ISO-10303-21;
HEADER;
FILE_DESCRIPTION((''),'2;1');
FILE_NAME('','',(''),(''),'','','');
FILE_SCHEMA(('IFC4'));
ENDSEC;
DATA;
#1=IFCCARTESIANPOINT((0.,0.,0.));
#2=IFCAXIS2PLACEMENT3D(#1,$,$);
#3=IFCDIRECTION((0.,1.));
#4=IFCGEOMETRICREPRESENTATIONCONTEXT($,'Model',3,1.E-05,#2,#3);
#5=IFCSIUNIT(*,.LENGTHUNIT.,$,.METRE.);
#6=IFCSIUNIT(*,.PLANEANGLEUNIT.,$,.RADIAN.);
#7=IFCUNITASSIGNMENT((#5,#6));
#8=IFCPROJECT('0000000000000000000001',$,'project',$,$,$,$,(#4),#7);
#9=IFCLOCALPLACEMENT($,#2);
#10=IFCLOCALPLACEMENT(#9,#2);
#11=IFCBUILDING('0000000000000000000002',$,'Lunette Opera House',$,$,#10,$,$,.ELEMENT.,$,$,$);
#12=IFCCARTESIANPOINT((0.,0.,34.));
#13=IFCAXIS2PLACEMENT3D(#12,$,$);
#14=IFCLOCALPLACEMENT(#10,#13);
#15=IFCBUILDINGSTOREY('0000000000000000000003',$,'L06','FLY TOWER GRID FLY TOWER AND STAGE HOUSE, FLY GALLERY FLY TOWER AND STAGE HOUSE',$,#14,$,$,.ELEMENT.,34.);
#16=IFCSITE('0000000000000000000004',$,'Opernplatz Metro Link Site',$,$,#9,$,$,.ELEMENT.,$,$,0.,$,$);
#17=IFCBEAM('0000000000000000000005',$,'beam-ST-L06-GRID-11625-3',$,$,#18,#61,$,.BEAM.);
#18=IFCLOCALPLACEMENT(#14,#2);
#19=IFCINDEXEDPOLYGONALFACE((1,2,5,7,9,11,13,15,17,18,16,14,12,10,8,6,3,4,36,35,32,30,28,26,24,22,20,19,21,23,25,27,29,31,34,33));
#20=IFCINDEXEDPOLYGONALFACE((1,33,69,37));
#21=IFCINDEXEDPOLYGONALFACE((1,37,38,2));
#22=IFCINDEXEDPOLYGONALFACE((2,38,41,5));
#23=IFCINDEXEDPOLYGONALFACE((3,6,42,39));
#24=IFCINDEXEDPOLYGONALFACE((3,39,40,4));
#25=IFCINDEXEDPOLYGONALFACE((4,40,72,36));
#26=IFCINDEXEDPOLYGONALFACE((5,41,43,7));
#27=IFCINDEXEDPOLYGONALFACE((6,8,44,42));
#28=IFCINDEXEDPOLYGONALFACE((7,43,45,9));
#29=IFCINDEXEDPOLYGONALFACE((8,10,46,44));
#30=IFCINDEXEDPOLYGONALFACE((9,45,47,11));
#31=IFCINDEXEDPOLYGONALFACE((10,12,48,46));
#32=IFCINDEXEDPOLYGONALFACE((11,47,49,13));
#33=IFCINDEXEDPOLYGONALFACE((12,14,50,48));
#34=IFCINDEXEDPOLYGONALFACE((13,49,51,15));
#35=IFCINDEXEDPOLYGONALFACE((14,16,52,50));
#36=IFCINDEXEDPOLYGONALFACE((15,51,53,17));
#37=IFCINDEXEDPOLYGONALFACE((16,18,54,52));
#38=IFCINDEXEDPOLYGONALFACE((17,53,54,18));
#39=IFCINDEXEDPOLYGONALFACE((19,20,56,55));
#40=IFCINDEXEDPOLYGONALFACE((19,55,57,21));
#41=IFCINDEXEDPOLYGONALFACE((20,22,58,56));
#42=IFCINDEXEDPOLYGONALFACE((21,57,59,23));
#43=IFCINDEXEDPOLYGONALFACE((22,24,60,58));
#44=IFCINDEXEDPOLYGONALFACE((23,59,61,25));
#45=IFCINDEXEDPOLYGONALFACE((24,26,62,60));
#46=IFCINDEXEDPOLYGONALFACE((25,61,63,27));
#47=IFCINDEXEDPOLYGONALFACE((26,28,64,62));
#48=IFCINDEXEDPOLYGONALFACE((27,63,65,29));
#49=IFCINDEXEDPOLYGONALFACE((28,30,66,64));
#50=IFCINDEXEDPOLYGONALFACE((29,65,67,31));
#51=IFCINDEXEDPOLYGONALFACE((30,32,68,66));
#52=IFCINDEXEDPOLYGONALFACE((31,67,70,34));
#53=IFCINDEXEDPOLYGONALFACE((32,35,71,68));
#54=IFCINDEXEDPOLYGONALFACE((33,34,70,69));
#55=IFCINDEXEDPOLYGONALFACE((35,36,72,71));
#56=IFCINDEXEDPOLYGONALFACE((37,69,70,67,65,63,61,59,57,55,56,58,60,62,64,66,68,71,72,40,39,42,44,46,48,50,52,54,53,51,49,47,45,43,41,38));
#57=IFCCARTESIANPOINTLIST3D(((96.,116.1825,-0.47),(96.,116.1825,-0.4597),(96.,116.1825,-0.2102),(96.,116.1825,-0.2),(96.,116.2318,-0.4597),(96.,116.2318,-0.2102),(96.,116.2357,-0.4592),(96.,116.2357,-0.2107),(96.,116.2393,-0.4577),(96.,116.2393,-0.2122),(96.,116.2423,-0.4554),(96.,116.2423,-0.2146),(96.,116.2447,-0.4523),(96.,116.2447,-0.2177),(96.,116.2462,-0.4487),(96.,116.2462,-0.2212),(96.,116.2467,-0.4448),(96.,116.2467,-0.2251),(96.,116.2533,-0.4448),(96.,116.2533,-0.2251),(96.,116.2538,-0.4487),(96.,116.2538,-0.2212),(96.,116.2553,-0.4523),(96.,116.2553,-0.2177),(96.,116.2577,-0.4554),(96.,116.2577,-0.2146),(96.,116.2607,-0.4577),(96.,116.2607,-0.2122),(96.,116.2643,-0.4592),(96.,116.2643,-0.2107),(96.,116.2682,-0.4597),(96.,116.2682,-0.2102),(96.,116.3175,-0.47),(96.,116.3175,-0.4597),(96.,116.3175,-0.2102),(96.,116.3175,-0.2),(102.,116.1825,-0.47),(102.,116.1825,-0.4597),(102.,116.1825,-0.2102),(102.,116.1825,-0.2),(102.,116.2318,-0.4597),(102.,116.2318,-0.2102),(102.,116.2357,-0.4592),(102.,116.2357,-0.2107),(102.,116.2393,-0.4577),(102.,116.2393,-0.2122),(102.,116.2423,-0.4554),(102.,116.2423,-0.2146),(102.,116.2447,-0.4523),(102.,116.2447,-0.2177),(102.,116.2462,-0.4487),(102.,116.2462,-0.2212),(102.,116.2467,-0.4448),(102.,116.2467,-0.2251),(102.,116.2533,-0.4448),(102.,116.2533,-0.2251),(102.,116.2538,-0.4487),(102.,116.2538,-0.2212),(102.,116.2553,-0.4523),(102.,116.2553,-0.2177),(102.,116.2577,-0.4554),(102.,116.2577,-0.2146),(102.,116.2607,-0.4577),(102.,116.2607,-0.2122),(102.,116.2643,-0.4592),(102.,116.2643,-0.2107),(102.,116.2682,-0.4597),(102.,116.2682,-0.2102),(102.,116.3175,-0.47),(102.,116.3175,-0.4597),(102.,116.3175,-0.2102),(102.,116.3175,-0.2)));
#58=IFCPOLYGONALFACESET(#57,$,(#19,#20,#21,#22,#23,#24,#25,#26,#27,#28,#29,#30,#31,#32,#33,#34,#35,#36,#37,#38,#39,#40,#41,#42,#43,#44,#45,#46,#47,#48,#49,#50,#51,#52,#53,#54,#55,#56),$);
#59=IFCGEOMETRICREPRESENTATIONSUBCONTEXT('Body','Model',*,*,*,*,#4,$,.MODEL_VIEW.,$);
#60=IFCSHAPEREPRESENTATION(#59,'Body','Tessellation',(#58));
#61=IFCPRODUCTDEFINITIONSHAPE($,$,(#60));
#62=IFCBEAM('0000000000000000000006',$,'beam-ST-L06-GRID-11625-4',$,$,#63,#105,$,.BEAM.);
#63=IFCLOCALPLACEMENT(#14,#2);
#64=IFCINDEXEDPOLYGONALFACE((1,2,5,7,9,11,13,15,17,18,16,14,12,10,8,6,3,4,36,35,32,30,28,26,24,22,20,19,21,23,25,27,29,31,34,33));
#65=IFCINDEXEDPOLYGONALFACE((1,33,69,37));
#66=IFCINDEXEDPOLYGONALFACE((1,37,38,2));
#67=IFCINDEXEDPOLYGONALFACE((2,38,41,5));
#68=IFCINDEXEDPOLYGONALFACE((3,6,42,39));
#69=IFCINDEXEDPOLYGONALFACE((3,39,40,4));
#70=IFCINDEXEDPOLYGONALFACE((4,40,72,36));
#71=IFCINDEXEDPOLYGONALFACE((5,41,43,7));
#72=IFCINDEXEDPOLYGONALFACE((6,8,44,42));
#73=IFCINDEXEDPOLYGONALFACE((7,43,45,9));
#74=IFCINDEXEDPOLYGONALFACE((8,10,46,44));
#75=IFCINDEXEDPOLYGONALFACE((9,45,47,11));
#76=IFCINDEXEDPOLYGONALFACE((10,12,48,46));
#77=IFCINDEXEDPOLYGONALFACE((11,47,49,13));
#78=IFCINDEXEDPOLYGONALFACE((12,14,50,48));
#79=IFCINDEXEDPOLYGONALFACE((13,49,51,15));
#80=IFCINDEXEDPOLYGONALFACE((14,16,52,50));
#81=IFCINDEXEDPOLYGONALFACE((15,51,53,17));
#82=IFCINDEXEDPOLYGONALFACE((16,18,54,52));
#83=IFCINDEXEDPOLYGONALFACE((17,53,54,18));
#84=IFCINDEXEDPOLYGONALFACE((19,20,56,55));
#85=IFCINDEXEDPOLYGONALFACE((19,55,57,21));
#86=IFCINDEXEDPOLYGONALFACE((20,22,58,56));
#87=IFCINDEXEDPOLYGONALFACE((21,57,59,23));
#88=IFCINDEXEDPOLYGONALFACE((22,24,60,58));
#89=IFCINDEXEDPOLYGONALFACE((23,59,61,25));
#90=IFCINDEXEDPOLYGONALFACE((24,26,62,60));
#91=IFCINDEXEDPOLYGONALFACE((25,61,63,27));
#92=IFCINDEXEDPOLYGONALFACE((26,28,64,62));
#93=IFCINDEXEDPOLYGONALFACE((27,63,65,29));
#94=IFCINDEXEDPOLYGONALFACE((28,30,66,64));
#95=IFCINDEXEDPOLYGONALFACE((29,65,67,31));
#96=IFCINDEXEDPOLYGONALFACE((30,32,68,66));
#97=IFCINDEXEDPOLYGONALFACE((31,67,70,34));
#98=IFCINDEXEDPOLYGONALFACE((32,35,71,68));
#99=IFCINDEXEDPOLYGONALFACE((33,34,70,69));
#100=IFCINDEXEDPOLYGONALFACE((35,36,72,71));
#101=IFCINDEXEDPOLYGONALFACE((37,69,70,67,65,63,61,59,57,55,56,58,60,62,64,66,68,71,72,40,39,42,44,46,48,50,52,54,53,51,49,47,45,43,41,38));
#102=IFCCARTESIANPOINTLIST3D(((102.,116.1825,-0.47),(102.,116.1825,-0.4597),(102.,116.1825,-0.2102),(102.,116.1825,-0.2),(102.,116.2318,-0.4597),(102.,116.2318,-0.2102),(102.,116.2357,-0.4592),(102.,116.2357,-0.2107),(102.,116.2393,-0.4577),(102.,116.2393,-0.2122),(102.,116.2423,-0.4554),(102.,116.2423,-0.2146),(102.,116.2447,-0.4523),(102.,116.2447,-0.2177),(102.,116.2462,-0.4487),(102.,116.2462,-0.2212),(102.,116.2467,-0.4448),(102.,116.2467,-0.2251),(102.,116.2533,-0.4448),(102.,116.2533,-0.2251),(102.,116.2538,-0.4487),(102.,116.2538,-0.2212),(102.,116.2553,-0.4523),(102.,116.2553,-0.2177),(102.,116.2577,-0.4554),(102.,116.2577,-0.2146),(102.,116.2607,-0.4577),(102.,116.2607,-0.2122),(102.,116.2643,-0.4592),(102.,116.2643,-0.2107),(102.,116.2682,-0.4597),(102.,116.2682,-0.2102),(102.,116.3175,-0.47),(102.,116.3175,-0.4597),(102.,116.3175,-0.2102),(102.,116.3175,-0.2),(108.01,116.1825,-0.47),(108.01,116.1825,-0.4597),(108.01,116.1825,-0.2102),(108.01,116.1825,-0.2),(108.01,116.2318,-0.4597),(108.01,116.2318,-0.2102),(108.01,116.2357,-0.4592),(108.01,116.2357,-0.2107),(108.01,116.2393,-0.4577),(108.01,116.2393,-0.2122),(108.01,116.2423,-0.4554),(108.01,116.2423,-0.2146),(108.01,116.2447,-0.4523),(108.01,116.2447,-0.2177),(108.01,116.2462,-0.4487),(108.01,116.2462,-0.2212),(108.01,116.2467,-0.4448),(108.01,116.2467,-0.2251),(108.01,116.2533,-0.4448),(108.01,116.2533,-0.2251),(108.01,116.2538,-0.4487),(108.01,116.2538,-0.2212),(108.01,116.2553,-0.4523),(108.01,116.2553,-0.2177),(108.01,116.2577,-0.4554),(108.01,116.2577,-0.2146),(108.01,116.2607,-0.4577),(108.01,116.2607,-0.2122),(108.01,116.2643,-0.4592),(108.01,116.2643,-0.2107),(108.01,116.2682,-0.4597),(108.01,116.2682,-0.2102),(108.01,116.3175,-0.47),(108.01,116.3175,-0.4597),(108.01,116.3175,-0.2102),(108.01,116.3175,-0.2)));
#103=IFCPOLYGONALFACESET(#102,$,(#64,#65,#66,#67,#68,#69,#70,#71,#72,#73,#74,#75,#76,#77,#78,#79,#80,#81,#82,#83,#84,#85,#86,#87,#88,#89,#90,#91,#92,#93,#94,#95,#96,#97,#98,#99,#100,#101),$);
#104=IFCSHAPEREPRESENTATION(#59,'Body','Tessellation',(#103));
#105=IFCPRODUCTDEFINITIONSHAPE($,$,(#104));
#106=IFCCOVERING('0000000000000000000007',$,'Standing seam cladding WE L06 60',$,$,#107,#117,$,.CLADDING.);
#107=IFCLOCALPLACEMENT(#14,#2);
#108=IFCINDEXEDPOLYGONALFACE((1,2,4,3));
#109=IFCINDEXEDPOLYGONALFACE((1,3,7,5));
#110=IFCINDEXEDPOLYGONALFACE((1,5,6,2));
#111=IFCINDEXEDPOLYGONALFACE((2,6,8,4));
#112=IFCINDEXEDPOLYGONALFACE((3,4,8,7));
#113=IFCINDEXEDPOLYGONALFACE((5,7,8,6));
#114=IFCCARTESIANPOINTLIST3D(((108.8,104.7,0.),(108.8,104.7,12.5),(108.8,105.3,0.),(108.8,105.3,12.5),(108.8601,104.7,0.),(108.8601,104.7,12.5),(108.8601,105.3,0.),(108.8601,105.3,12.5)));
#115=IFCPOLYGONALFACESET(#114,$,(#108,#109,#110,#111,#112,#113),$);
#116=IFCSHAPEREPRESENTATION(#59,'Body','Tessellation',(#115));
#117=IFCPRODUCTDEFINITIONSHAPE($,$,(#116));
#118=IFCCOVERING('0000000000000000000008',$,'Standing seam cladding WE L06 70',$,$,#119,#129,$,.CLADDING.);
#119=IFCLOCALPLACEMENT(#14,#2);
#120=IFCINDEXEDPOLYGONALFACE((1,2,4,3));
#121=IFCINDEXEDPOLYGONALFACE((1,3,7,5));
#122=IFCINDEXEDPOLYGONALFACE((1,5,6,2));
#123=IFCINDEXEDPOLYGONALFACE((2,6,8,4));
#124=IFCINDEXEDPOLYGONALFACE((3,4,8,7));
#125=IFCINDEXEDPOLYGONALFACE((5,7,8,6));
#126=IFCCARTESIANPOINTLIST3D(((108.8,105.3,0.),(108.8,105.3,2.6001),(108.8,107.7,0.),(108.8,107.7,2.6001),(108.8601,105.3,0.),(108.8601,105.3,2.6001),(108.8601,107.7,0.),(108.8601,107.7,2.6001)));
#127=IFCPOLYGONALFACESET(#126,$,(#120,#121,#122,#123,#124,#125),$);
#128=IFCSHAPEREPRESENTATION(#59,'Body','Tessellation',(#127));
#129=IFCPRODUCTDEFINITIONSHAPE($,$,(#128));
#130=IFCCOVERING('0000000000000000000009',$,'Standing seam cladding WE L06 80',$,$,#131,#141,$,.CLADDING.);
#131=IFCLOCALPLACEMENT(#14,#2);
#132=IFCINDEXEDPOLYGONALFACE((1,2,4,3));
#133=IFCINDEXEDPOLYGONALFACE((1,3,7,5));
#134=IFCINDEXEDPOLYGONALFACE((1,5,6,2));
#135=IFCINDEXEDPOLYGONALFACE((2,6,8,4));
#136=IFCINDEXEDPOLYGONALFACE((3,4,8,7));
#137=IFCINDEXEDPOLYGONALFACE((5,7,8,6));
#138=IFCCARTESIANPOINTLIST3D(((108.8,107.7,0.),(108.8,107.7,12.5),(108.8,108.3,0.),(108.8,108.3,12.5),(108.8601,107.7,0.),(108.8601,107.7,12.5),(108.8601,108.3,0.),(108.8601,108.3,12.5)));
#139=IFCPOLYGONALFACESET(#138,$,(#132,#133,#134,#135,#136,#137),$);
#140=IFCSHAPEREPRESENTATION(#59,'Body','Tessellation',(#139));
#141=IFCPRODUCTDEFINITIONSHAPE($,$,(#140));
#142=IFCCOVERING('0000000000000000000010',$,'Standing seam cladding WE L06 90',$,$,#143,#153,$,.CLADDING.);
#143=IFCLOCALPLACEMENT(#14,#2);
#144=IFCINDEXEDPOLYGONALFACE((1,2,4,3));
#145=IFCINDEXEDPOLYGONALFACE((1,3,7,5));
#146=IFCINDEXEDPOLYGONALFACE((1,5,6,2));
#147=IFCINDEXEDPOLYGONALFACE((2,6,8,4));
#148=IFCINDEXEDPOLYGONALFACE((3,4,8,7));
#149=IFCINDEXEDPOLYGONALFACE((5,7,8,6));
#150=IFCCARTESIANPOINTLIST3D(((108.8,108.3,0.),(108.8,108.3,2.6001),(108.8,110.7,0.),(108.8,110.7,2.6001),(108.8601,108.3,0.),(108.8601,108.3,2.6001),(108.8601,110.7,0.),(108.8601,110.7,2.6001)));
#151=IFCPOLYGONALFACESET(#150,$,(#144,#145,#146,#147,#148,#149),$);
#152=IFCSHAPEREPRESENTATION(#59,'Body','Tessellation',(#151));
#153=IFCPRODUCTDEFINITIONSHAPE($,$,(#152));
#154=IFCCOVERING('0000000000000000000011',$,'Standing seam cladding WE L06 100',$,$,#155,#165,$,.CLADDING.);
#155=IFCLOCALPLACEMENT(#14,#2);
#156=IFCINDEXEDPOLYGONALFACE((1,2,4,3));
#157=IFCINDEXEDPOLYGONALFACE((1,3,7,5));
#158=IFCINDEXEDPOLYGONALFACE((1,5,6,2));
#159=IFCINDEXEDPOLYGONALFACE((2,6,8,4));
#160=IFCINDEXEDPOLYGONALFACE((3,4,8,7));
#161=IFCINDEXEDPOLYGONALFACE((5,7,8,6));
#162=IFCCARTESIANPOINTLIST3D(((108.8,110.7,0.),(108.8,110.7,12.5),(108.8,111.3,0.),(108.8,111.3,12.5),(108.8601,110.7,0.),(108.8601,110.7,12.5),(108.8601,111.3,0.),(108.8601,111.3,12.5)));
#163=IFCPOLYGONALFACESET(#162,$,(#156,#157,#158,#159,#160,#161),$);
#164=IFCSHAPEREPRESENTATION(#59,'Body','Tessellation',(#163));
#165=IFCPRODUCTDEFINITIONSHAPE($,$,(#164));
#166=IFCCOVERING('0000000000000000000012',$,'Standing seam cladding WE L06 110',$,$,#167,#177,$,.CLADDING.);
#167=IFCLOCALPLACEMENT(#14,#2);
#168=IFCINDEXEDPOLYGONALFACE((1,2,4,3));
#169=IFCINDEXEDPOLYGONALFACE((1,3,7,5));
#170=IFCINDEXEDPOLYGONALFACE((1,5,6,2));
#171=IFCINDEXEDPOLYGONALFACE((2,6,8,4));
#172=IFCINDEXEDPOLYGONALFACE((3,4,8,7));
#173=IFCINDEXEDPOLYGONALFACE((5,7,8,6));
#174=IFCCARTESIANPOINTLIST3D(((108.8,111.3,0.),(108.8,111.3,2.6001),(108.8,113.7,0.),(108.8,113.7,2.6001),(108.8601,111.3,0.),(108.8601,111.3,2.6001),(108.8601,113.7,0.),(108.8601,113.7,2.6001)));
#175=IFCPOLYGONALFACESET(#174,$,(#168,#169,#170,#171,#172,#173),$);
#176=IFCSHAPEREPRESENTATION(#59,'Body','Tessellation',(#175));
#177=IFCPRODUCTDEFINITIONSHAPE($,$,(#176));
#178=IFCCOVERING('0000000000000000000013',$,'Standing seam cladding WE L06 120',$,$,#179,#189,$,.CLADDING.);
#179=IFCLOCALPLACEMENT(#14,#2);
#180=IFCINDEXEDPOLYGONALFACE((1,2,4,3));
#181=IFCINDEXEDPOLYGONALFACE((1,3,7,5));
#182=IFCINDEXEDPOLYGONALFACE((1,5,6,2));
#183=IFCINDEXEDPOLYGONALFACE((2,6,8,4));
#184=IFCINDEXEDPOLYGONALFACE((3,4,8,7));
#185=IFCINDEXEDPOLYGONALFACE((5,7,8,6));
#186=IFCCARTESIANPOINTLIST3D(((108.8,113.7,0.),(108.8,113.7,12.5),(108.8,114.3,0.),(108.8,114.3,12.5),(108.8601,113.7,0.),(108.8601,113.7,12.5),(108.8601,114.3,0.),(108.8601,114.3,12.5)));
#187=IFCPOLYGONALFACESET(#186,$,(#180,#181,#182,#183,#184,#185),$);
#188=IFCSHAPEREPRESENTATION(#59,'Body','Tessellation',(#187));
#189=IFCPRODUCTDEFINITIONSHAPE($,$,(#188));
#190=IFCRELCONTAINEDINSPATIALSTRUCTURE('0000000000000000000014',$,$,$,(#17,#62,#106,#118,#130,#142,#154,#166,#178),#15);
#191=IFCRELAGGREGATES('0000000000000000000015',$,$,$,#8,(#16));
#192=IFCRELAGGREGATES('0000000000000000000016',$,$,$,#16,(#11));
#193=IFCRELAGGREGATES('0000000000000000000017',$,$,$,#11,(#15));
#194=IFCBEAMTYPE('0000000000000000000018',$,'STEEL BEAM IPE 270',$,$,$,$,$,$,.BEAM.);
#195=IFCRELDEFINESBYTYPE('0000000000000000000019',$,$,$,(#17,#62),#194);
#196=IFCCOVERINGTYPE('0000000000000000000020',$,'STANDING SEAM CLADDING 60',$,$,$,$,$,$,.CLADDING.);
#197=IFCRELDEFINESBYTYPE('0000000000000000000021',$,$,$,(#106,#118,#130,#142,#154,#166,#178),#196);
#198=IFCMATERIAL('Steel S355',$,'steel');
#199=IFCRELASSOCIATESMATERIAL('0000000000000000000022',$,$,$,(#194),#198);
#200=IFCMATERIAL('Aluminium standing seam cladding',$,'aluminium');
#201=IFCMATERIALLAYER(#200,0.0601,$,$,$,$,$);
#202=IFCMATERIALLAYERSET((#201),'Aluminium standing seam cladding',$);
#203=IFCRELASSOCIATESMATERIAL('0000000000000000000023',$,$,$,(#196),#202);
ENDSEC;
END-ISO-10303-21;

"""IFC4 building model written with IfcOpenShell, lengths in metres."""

from ifc_helpers import new_model, si_unit, direction, frame, origin, origin_2d, place, context, subcontext, project, spatial, rectangle, i_section, extrude, material, layer, layer_set, material_profile, profile_set, type_object, element, save


model = new_model("IFC4")

# Units and contexts
model_context = context("Model", 3, precision=1e-05, world=origin(), true_north=direction((0.0, 1.0)))
body_context = subcontext(model_context, "Body", "Model", "MODEL_VIEW")
ifc_project = project(units=[si_unit("LENGTHUNIT", "METRE"), si_unit("PLANEANGLEUNIT", "RADIAN")], contexts=[model_context])

# Site, building, storey
site_placement = place(None, origin())
site = spatial("IfcSite", under=ifc_project, at=site_placement, Name="Opernplatz Metro Link Site", CompositionType="ELEMENT", RefElevation=0.0)
building_placement = place(site_placement, origin())
building = spatial("IfcBuilding", under=site, at=building_placement, Name="Lunette Opera House", CompositionType="ELEMENT")
storey_placement = place(building_placement, frame((0.0, 0.0, 34.0)))
storey = spatial("IfcBuildingStorey", under=building, at=storey_placement, Name="L06", Description="FLY TOWER GRID FLY TOWER AND STAGE HOUSE, FLY GALLERY FLY TOWER AND STAGE HOUSE", CompositionType="ELEMENT", Elevation=34.0)

# Beams
ifc_material_1 = material(Name="Steel S355", Category="steel")
ifc_material_profile = material_profile(ifc_material_1, i_section(OverallWidth=0.135, OverallDepth=0.27, WebThickness=0.0066, FlangeThickness=0.0103, FilletRadius=0.0149, at=origin_2d()), Name="IPE 270")
ifc_profile_set = profile_set([ifc_material_profile], Name="Steel S355")
beam_type = type_object("IfcBeamType", Name="STEEL BEAM IPE 270", PredefinedType="BEAM", material=ifc_profile_set)
beam_1_placement = place(storey_placement, frame((96.0, 116.25, -0.335), z_axis=(1.0, 0.0, 0.0), x_axis=(0.0, 1.0, 0.0)))
element("IfcBeam", 1, at=beam_1_placement, inside=storey, type_object=beam_type, Name="beam-ST-L06-GRID-11625-3", PredefinedType="BEAM", context=body_context, shape_type="SweptSolid", body=[
    extrude(i_section(OverallWidth=0.135, OverallDepth=0.27, WebThickness=0.0066, FlangeThickness=0.0103, FilletRadius=0.0149, at=origin_2d()), origin(), (0.0, 0.0, 1.0), 6.0),
])
beam_2_placement = place(storey_placement, frame((102.0, 116.25, -0.335), z_axis=(1.0, 0.0, 0.0), x_axis=(0.0, 1.0, 0.0)))
element("IfcBeam", 2, at=beam_2_placement, inside=storey, type_object=beam_type, Name="beam-ST-L06-GRID-11625-4", PredefinedType="BEAM", context=body_context, shape_type="SweptSolid", body=[
    extrude(i_section(OverallWidth=0.135, OverallDepth=0.27, WebThickness=0.0066, FlangeThickness=0.0103, FilletRadius=0.0149, at=origin_2d()), origin(), (0.0, 0.0, 1.0), 6.01),
])

# Coverings
ifc_material_2 = material(Name="Aluminium standing seam cladding", Category="aluminium")
ifc_layer_1 = layer(ifc_material_2, 0.0601)
ifc_layer_set_1 = layer_set([ifc_layer_1], Name="Aluminium standing seam cladding")
covering_type_1 = type_object("IfcCoveringType", Name="STANDING SEAM CLADDING 60", PredefinedType="CLADDING", material=ifc_layer_set_1)
covering_1_placement = place(storey_placement, frame((108.8301, 105.0, 0.0), z_axis=(0.0, 0.0, 1.0), x_axis=(0.0, 1.0, 0.0)))
element("IfcCovering", 3, at=covering_1_placement, inside=storey, type_object=covering_type_1, Name="Standing seam cladding WE L06 60", PredefinedType="CLADDING", context=body_context, shape_type="SweptSolid", body=[
    extrude(rectangle(XDim=0.6001, YDim=0.0601, at=origin_2d()), origin(), (0.0, 0.0, 1.0), 12.5),
])
covering_2_placement = place(storey_placement, frame((108.8301, 106.5, 0.0), z_axis=(0.0, 0.0, 1.0), x_axis=(0.0, 1.0, 0.0)))
element("IfcCovering", 4, at=covering_2_placement, inside=storey, type_object=covering_type_1, Name="Standing seam cladding WE L06 70", PredefinedType="CLADDING", context=body_context, shape_type="SweptSolid", body=[
    extrude(rectangle(XDim=2.3999, YDim=0.0601, at=origin_2d()), origin(), (0.0, 0.0, 1.0), 2.6001),
])
covering_3_placement = place(storey_placement, frame((108.8301, 108.0, 0.0), z_axis=(0.0, 0.0, 1.0), x_axis=(0.0, 1.0, 0.0)))
element("IfcCovering", 5, at=covering_3_placement, inside=storey, type_object=covering_type_1, Name="Standing seam cladding WE L06 80", PredefinedType="CLADDING", context=body_context, shape_type="SweptSolid", body=[
    extrude(rectangle(XDim=0.6001, YDim=0.0601, at=origin_2d()), origin(), (0.0, 0.0, 1.0), 12.5),
])
covering_4_placement = place(storey_placement, frame((108.8301, 109.5, 0.0), z_axis=(0.0, 0.0, 1.0), x_axis=(0.0, 1.0, 0.0)))
element("IfcCovering", 6, at=covering_4_placement, inside=storey, type_object=covering_type_1, Name="Standing seam cladding WE L06 90", PredefinedType="CLADDING", context=body_context, shape_type="SweptSolid", body=[
    extrude(rectangle(XDim=2.3999, YDim=0.0601, at=origin_2d()), origin(), (0.0, 0.0, 1.0), 2.6001),
])
covering_5_placement = place(storey_placement, frame((108.8301, 111.0, 0.0), z_axis=(0.0, 0.0, 1.0), x_axis=(0.0, 1.0, 0.0)))
element("IfcCovering", 7, at=covering_5_placement, inside=storey, type_object=covering_type_1, Name="Standing seam cladding WE L06 100", PredefinedType="CLADDING", context=body_context, shape_type="SweptSolid", body=[
    extrude(rectangle(XDim=0.6001, YDim=0.0601, at=origin_2d()), origin(), (0.0, 0.0, 1.0), 12.5),
])
covering_6_placement = place(storey_placement, frame((108.8301, 112.5, 0.0), z_axis=(0.0, 0.0, 1.0), x_axis=(0.0, 1.0, 0.0)))
element("IfcCovering", 8, at=covering_6_placement, inside=storey, type_object=covering_type_1, Name="Standing seam cladding WE L06 110", PredefinedType="CLADDING", context=body_context, shape_type="SweptSolid", body=[
    extrude(rectangle(XDim=2.3999, YDim=0.0601, at=origin_2d()), origin(), (0.0, 0.0, 1.0), 2.6001),
])
covering_7_placement = place(storey_placement, frame((108.8301, 114.0, 0.0), z_axis=(0.0, 0.0, 1.0), x_axis=(0.0, 1.0, 0.0)))
element("IfcCovering", 9, at=covering_7_placement, inside=storey, type_object=covering_type_1, Name="Standing seam cladding WE L06 120", PredefinedType="CLADDING", context=body_context, shape_type="SweptSolid", body=[
    extrude(rectangle(XDim=0.6001, YDim=0.0601, at=origin_2d()), origin(), (0.0, 0.0, 1.0), 12.5),
])

save(model, "model.ifc")
